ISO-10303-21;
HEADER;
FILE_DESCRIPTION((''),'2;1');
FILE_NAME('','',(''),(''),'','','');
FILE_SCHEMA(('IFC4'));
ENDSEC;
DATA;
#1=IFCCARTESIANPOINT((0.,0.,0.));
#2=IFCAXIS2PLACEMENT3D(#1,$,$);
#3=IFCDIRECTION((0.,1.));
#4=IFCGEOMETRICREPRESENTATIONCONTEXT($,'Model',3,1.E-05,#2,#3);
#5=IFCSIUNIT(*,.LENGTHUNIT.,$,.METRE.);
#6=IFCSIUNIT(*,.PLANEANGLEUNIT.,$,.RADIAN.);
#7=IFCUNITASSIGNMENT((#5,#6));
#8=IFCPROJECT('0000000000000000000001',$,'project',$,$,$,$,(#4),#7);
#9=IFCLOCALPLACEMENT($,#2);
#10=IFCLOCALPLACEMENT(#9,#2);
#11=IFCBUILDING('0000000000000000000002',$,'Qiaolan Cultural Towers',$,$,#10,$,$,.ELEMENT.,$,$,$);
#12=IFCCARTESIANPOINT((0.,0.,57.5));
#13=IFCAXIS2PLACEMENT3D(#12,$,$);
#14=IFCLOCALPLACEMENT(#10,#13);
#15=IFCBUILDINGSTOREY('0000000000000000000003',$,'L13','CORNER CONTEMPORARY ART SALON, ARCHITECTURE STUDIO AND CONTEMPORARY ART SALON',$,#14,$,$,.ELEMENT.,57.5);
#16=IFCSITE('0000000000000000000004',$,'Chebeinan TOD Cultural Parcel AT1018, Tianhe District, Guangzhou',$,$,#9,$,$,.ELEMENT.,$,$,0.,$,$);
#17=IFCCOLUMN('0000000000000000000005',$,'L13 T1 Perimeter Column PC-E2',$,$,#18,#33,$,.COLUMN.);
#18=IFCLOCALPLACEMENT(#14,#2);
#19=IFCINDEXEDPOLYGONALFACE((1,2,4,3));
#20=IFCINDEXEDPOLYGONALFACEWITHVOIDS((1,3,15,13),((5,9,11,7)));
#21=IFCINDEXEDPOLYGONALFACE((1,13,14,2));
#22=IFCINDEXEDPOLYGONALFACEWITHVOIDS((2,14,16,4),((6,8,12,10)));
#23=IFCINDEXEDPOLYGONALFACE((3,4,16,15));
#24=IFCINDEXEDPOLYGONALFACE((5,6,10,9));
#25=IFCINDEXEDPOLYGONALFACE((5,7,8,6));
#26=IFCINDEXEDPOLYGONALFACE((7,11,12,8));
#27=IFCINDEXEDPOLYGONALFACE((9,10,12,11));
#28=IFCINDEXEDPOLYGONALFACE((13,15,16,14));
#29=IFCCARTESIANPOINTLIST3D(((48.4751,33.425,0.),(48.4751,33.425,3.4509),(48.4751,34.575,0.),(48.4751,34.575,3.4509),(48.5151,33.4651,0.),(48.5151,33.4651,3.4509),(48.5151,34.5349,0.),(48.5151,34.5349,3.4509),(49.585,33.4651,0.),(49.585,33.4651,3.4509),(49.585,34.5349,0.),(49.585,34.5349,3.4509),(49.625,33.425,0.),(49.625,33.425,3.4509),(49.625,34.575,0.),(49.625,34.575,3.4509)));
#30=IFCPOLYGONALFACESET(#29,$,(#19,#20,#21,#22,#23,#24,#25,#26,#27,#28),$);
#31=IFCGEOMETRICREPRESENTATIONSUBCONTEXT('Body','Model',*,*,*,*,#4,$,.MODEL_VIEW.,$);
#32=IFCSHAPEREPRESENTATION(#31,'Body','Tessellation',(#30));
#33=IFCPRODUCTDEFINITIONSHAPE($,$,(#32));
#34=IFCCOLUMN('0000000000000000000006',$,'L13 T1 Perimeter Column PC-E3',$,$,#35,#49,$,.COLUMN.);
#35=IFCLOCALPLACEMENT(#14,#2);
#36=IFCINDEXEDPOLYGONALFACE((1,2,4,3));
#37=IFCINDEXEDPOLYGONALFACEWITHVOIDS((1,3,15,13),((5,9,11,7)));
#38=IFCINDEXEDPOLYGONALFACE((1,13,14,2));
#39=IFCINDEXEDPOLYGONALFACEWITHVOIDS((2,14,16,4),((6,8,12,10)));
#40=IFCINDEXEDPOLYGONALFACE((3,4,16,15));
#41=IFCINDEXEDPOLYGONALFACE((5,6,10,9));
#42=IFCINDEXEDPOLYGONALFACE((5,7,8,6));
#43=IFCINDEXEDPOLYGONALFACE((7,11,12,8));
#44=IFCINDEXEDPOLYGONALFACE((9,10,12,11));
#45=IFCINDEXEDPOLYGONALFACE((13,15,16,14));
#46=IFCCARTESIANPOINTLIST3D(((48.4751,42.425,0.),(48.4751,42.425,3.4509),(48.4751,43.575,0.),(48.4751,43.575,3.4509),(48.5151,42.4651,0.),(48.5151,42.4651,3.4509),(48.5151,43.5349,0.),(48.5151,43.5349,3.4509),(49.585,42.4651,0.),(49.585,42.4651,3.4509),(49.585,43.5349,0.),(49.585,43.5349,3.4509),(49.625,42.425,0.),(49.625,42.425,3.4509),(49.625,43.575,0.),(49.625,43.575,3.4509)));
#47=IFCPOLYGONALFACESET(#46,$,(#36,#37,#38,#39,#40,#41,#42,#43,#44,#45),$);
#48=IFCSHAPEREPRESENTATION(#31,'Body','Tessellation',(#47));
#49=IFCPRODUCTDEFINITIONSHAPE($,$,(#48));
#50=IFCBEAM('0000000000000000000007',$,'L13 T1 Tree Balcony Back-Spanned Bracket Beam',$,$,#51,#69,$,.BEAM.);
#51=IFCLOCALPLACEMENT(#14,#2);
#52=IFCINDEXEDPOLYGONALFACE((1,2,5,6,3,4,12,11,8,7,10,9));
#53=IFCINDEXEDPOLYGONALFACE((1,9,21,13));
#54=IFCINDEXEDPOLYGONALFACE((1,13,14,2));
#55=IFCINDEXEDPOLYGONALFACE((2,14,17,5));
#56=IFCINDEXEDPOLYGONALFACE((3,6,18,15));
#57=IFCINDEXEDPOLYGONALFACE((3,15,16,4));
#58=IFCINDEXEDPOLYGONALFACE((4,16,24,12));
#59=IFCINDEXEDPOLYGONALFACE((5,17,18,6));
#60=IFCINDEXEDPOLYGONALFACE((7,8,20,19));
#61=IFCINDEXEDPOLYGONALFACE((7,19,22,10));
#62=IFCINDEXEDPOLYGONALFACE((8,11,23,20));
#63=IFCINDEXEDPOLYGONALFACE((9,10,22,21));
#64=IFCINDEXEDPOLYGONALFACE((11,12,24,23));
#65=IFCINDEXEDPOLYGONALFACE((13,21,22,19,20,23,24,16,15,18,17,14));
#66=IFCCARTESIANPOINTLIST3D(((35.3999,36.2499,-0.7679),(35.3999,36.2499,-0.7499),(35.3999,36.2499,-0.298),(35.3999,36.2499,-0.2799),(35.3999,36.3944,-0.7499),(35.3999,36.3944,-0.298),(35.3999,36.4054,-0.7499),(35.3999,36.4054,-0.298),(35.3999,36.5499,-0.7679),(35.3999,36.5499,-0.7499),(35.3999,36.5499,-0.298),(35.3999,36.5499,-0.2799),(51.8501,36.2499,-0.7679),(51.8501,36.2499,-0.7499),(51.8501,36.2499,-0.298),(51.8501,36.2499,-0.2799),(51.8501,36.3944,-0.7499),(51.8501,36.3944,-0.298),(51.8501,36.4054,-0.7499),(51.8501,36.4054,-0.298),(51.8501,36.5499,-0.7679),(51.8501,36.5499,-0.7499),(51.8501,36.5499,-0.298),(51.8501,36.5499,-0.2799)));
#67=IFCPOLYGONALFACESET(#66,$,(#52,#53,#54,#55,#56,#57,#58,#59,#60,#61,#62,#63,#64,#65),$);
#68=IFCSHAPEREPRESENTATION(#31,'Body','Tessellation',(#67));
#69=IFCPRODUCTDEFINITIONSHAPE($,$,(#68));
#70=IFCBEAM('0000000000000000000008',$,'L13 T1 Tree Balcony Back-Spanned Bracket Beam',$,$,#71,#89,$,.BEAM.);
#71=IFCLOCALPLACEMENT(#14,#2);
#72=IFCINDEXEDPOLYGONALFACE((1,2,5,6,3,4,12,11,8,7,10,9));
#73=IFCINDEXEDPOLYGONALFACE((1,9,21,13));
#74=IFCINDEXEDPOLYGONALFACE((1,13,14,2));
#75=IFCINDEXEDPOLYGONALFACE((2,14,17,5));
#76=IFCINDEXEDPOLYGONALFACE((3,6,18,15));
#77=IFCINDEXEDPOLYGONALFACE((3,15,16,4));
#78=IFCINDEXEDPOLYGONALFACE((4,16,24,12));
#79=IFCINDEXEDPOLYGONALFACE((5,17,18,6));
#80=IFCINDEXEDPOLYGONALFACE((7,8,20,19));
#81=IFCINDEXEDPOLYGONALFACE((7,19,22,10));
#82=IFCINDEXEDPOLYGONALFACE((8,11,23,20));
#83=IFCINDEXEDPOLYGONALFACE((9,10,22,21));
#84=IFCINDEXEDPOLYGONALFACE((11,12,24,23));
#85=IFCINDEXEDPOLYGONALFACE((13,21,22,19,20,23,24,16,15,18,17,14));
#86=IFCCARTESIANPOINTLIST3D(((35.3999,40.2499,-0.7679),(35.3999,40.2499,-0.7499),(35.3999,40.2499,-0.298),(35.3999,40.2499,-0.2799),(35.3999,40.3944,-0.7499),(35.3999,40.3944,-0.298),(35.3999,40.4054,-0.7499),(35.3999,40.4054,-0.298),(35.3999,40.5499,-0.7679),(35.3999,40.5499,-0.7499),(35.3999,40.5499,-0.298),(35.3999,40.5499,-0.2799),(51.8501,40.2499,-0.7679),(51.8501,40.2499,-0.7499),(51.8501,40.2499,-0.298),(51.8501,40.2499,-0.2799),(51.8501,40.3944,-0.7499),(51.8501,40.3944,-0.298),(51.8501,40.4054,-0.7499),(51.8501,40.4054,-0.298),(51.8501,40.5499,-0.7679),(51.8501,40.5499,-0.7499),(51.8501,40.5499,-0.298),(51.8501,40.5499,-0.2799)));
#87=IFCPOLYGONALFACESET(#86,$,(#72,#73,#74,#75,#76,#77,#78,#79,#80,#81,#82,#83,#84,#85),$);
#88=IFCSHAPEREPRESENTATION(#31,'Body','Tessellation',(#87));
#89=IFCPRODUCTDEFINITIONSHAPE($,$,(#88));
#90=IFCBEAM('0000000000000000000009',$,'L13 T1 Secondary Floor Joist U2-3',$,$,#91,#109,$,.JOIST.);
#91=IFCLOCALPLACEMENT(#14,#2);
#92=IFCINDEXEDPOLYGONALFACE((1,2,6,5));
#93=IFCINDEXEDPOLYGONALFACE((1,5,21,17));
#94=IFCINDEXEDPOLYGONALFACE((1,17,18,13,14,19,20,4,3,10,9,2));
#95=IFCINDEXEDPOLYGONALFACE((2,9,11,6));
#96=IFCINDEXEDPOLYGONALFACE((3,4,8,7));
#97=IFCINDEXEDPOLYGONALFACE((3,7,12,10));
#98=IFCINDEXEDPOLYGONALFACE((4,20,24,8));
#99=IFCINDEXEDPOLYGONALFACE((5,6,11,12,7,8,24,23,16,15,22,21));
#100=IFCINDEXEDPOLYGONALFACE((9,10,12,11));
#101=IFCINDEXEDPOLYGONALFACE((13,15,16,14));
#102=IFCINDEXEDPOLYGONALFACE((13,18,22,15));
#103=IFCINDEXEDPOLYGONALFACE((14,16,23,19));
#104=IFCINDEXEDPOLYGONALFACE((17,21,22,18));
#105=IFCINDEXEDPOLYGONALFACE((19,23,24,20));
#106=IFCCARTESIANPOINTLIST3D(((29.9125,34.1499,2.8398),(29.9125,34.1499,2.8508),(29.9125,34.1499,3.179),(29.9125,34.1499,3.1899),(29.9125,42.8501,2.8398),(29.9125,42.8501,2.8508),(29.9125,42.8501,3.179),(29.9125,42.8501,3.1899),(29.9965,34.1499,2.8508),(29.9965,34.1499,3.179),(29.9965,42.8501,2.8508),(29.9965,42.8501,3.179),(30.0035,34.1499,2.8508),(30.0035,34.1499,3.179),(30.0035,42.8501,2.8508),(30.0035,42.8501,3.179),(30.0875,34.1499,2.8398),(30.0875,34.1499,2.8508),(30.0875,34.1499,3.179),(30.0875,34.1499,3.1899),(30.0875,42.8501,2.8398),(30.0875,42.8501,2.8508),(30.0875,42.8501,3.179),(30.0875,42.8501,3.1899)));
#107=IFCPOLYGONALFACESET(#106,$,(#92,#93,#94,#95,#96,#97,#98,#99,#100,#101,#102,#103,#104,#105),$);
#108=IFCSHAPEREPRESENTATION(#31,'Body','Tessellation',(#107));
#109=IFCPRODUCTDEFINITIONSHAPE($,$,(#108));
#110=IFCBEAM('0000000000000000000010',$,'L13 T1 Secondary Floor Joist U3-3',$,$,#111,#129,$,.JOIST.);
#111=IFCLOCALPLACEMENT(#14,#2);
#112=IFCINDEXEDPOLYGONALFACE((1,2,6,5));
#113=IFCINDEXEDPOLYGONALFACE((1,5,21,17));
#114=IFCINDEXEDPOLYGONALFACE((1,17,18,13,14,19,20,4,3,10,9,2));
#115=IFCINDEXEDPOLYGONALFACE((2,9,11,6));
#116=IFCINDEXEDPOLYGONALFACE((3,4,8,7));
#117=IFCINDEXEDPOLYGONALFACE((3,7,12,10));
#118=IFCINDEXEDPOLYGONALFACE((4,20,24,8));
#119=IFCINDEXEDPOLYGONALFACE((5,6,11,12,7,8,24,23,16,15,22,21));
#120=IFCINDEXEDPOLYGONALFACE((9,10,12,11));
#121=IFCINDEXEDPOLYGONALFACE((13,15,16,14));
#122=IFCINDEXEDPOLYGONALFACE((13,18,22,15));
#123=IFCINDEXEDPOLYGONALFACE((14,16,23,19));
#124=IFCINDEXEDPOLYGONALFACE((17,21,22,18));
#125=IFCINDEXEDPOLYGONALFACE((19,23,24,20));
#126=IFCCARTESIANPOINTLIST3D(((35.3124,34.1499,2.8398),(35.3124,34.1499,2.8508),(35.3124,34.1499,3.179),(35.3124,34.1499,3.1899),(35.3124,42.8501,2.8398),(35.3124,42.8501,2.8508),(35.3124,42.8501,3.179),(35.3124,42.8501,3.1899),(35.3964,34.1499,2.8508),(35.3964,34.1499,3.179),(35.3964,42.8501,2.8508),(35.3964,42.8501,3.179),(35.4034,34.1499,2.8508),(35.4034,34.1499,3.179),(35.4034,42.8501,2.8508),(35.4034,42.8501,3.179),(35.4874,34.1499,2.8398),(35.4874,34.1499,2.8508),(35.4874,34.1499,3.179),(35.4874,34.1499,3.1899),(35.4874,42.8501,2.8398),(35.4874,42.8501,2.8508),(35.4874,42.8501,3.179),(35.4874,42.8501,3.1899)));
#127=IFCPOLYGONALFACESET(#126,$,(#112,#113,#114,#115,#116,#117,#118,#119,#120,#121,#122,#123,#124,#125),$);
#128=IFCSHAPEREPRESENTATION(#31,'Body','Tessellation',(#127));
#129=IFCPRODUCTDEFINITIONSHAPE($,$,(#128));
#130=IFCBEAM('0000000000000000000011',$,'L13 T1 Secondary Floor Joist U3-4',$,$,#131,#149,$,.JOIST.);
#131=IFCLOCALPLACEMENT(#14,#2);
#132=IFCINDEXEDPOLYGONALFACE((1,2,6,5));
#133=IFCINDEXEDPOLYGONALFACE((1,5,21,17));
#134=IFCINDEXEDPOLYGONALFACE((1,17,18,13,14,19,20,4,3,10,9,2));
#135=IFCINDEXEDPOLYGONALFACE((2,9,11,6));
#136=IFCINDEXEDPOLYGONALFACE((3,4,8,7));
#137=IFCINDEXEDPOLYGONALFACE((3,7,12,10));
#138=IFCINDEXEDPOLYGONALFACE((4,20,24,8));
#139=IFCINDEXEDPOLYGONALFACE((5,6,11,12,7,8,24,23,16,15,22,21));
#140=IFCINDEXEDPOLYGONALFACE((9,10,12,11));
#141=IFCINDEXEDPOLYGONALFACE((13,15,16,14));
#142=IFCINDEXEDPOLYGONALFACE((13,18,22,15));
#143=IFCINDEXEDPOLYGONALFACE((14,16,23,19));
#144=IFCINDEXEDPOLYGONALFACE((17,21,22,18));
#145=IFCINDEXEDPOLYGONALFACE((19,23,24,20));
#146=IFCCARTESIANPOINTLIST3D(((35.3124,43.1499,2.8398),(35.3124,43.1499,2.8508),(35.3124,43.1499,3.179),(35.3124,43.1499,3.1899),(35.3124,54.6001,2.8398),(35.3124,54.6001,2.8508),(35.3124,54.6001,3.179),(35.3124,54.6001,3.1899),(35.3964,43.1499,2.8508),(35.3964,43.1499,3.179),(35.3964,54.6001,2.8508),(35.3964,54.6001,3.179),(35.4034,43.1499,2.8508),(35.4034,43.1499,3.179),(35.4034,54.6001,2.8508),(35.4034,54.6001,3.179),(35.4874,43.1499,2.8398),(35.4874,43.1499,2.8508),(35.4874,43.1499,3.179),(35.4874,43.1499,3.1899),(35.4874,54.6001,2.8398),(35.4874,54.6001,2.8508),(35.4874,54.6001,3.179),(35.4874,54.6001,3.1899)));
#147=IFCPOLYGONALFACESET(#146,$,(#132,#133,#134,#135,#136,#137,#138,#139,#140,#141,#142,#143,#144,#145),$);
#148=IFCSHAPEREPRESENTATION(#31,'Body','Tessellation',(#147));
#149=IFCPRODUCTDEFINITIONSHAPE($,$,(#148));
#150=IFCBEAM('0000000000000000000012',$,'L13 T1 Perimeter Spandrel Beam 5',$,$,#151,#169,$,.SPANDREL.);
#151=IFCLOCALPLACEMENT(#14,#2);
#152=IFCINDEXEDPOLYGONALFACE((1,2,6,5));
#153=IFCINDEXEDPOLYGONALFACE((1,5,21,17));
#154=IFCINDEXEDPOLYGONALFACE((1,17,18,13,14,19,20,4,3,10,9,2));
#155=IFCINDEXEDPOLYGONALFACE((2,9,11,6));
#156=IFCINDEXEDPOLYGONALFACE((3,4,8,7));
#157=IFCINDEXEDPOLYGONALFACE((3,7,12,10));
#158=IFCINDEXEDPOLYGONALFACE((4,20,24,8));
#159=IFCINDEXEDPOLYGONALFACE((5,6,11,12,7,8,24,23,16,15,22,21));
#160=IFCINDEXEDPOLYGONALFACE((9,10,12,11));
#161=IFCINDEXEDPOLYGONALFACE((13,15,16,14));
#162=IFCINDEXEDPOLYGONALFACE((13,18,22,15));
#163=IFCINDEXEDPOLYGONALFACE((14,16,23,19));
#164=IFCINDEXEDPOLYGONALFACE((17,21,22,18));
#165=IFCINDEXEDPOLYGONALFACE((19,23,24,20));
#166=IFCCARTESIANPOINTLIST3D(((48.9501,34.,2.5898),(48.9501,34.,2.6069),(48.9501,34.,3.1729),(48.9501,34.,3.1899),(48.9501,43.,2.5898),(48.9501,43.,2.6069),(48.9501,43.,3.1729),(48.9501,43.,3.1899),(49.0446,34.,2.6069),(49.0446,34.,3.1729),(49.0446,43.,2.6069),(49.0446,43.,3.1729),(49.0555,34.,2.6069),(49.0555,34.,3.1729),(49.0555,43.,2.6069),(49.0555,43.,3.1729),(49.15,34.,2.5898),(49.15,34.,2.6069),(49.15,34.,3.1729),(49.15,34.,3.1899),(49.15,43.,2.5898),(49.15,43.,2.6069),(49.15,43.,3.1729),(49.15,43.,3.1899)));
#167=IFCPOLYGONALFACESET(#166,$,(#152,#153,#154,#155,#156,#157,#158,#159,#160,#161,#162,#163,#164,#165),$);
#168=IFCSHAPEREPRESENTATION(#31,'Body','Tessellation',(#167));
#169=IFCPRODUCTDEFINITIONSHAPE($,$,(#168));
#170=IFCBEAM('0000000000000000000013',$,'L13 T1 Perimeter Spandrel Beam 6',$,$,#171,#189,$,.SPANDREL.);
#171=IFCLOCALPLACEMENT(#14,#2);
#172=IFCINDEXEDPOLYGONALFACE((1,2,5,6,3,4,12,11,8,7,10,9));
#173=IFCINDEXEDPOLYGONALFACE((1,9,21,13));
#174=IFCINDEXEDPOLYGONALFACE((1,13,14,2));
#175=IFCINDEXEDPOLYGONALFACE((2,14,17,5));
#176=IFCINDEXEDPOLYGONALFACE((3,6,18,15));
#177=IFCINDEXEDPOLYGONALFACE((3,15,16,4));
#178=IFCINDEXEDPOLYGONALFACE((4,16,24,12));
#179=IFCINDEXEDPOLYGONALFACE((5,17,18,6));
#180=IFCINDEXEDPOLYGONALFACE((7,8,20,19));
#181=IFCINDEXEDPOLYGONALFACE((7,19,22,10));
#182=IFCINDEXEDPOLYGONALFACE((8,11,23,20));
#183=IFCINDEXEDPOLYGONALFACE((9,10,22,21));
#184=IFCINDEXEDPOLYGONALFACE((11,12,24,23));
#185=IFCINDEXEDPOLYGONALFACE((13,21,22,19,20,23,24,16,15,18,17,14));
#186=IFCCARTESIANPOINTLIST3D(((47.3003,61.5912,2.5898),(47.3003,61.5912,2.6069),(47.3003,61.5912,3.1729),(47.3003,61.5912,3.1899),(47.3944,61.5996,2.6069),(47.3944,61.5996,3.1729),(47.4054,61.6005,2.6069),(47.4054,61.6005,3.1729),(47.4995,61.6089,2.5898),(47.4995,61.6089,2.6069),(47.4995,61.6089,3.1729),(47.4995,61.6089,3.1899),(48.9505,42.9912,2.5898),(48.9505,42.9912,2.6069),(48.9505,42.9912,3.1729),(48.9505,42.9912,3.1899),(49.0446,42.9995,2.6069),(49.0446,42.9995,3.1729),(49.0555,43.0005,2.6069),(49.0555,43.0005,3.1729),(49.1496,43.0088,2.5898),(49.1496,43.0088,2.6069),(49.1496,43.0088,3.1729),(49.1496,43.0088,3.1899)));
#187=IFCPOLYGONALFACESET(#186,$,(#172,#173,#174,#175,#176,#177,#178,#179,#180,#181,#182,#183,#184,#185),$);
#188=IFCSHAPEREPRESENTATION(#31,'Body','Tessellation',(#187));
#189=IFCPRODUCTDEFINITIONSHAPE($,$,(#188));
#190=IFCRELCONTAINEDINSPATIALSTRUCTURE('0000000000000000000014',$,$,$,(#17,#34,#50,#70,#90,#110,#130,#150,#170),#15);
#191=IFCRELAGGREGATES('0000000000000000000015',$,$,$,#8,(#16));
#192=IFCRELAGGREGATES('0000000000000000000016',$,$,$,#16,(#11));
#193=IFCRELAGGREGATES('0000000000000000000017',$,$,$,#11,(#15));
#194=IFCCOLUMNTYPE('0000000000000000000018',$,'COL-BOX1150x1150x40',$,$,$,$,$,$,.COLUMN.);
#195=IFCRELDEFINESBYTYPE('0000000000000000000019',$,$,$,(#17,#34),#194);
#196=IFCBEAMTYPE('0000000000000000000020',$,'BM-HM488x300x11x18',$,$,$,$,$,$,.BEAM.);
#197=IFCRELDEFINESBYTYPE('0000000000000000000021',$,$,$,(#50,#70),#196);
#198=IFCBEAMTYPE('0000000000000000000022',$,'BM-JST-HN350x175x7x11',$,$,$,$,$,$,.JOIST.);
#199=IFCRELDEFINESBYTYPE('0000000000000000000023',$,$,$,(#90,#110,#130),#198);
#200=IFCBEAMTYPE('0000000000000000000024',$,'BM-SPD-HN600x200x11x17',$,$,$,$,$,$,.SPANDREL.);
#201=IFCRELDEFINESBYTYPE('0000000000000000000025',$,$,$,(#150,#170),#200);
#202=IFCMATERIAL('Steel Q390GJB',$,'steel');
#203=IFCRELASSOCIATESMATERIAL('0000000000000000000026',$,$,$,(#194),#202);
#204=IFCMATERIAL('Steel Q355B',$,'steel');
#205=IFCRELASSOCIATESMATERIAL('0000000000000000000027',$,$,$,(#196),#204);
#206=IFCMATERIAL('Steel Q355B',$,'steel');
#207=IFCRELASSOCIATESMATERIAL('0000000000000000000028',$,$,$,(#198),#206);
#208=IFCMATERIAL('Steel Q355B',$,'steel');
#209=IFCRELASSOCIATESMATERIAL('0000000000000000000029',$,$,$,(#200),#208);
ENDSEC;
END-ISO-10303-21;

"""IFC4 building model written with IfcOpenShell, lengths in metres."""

from ifc_helpers import new_model, si_unit, direction, frame, origin, origin_2d, place, context, subcontext, project, spatial, hollow_rectangle, i_section, extrude, material, material_profile, profile_set, type_object, element, save


model = new_model("IFC4")

# Units and contexts
model_context = context("Model", 3, precision=1e-05, world=origin(), true_north=direction((0.0, 1.0)))
body_context = subcontext(model_context, "Body", "Model", "MODEL_VIEW")
ifc_project = project(units=[si_unit("LENGTHUNIT", "METRE"), si_unit("PLANEANGLEUNIT", "RADIAN")], contexts=[model_context])

# Site, building, storey
site_placement = place(None, origin())
site = spatial("IfcSite", under=ifc_project, at=site_placement, Name="Chebeinan TOD Cultural Parcel AT1018, Tianhe District, Guangzhou", CompositionType="ELEMENT", RefElevation=0.0)
building_placement = place(site_placement, origin())
building = spatial("IfcBuilding", under=site, at=building_placement, Name="Qiaolan Cultural Towers", CompositionType="ELEMENT")
storey_placement = place(building_placement, frame((0.0, 0.0, 57.5)))
storey = spatial("IfcBuildingStorey", under=building, at=storey_placement, Name="L13", Description="CORNER CONTEMPORARY ART SALON, ARCHITECTURE STUDIO AND CONTEMPORARY ART SALON", CompositionType="ELEMENT", Elevation=57.5)

# Columns
ifc_material_1 = material(Name="Steel Q390GJB", Category="steel")
ifc_material_profile_1 = material_profile(ifc_material_1, hollow_rectangle(XDim=1.1499, YDim=1.1499, WallThickness=0.04, at=origin_2d()), Name="BOX1150x1150x40")
ifc_profile_set_1 = profile_set([ifc_material_profile_1], Name="Steel Q390GJB")
column_type = type_object("IfcColumnType", Name="COL-BOX1150x1150x40", PredefinedType="COLUMN", material=ifc_profile_set_1)
for number, where, z_axis, x_axis, name in (
    (1, (49.05, 34.0, 0.0), (0.0, 0.0, 1.0), (1.0, 0.0, 0.0), "L13 T1 Perimeter Column PC-E2"),
    (2, (49.05, 43.0, 0.0), (0.0, 0.0, 1.0), (1.0, 0.0, 0.0), "L13 T1 Perimeter Column PC-E3"),
):
    element("IfcColumn", number, at=place(storey_placement, frame(where, z_axis=z_axis, x_axis=x_axis)), inside=storey, type_object=column_type, Name=name, PredefinedType="COLUMN", context=body_context, shape_type="SweptSolid", body=[
        extrude(hollow_rectangle(XDim=1.1499, YDim=1.1499, WallThickness=0.04, at=origin_2d()), origin(), (0.0, 0.0, 1.0), 3.4509),
    ])

# Beams
ifc_material_2 = material(Name="Steel Q355B", Category="steel")
ifc_material_profile_2 = material_profile(ifc_material_2, i_section(OverallWidth=0.3, OverallDepth=0.488, WebThickness=0.011, FlangeThickness=0.0181, at=origin_2d()), Name="HM488x300x11x18")
ifc_profile_set_2 = profile_set([ifc_material_profile_2], Name="Steel Q355B")
beam_type_1 = type_object("IfcBeamType", Name="BM-HM488x300x11x18", PredefinedType="BEAM", material=ifc_profile_set_2)
for number, where, z_axis, x_axis, name in (
    (3, (35.3999, 36.3999, -0.5239), (1.0, 0.0, 0.0), (0.0, 1.0, 0.0), "L13 T1 Tree Balcony Back-Spanned Bracket Beam"),
    (4, (35.3999, 40.3999, -0.5239), (1.0, 0.0, 0.0), (0.0, 1.0, 0.0), "L13 T1 Tree Balcony Back-Spanned Bracket Beam"),
):
    element("IfcBeam", number, at=place(storey_placement, frame(where, z_axis=z_axis, x_axis=x_axis)), inside=storey, type_object=beam_type_1, Name=name, PredefinedType="BEAM", context=body_context, shape_type="SweptSolid", body=[
        extrude(i_section(OverallWidth=0.3, OverallDepth=0.488, WebThickness=0.011, FlangeThickness=0.0181, at=origin_2d()), origin(), (0.0, 0.0, 1.0), 16.4502),
    ])
ifc_material_3 = material(Name="Steel Q355B", Category="steel")
ifc_material_profile_3 = material_profile(ifc_material_3, i_section(OverallWidth=0.175, OverallDepth=0.3501, WebThickness=0.0071, FlangeThickness=0.011, at=origin_2d()), Name="HN350x175x7x11")
ifc_profile_set_3 = profile_set([ifc_material_profile_3], Name="Steel Q355B")
beam_type_2 = type_object("IfcBeamType", Name="BM-JST-HN350x175x7x11", PredefinedType="JOIST", material=ifc_profile_set_3)
for number, where, z_axis, x_axis, name in (
    (5, (30.0, 34.1499, 3.0149), (0.0, 1.0, 0.0), (-1.0, 0.0, 0.0), "L13 T1 Secondary Floor Joist U2-3"),
    (6, (35.3999, 34.1499, 3.0149), (0.0, 1.0, 0.0), (-1.0, 0.0, 0.0), "L13 T1 Secondary Floor Joist U3-3"),
):
    element("IfcBeam", number, at=place(storey_placement, frame(where, z_axis=z_axis, x_axis=x_axis)), inside=storey, type_object=beam_type_2, Name=name, PredefinedType="JOIST", context=body_context, shape_type="SweptSolid", body=[
        extrude(i_section(OverallWidth=0.175, OverallDepth=0.3501, WebThickness=0.0071, FlangeThickness=0.011, at=origin_2d()), origin(), (0.0, 0.0, 1.0), 8.7002),
    ])
beam_1_placement = place(storey_placement, frame((35.3999, 43.1499, 3.0149), z_axis=(0.0, 1.0, 0.0), x_axis=(-1.0, 0.0, 0.0)))
element("IfcBeam", 7, at=beam_1_placement, inside=storey, type_object=beam_type_2, Name="L13 T1 Secondary Floor Joist U3-4", PredefinedType="JOIST", context=body_context, shape_type="SweptSolid", body=[
    extrude(i_section(OverallWidth=0.175, OverallDepth=0.3501, WebThickness=0.0071, FlangeThickness=0.011, at=origin_2d()), origin(), (0.0, 0.0, 1.0), 11.4502),
])
ifc_material_4 = material(Name="Steel Q355B", Category="steel")
ifc_material_profile_4 = material_profile(ifc_material_4, i_section(OverallWidth=0.2, OverallDepth=0.6001, WebThickness=0.011, FlangeThickness=0.0171, at=origin_2d()), Name="HN600x200x11x17")
ifc_profile_set_4 = profile_set([ifc_material_profile_4], Name="Steel Q355B")
beam_type_3 = type_object("IfcBeamType", Name="BM-SPD-HN600x200x11x17", PredefinedType="SPANDREL", material=ifc_profile_set_4)
beam_2_placement = place(storey_placement, frame((49.05, 34.0, 2.8899), z_axis=(0.0, 1.0, 0.0), x_axis=(-1.0, 0.0, 0.0)))
element("IfcBeam", 8, at=beam_2_placement, inside=storey, type_object=beam_type_3, Name="L13 T1 Perimeter Spandrel Beam 5", PredefinedType="SPANDREL", context=body_context, shape_type="SweptSolid", body=[
    extrude(i_section(OverallWidth=0.2, OverallDepth=0.6001, WebThickness=0.011, FlangeThickness=0.0171, at=origin_2d()), origin(), (0.0, 0.0, 1.0), 9.0),
])
beam_3_placement = place(storey_placement, frame((49.05, 43.0, 2.8899), z_axis=(-0.08837, 0.996088, 0.0), x_axis=(-0.996088, -0.08837, 0.0)))
element("IfcBeam", 9, at=beam_3_placement, inside=storey, type_object=beam_type_3, Name="L13 T1 Perimeter Spandrel Beam 6", PredefinedType="SPANDREL", context=body_context, shape_type="SweptSolid", body=[
    extrude(i_section(OverallWidth=0.2, OverallDepth=0.6001, WebThickness=0.011, FlangeThickness=0.0171, at=origin_2d()), origin(), (0.0, 0.0, 1.0), 18.6731),
])

save(model, "model.ifc")
